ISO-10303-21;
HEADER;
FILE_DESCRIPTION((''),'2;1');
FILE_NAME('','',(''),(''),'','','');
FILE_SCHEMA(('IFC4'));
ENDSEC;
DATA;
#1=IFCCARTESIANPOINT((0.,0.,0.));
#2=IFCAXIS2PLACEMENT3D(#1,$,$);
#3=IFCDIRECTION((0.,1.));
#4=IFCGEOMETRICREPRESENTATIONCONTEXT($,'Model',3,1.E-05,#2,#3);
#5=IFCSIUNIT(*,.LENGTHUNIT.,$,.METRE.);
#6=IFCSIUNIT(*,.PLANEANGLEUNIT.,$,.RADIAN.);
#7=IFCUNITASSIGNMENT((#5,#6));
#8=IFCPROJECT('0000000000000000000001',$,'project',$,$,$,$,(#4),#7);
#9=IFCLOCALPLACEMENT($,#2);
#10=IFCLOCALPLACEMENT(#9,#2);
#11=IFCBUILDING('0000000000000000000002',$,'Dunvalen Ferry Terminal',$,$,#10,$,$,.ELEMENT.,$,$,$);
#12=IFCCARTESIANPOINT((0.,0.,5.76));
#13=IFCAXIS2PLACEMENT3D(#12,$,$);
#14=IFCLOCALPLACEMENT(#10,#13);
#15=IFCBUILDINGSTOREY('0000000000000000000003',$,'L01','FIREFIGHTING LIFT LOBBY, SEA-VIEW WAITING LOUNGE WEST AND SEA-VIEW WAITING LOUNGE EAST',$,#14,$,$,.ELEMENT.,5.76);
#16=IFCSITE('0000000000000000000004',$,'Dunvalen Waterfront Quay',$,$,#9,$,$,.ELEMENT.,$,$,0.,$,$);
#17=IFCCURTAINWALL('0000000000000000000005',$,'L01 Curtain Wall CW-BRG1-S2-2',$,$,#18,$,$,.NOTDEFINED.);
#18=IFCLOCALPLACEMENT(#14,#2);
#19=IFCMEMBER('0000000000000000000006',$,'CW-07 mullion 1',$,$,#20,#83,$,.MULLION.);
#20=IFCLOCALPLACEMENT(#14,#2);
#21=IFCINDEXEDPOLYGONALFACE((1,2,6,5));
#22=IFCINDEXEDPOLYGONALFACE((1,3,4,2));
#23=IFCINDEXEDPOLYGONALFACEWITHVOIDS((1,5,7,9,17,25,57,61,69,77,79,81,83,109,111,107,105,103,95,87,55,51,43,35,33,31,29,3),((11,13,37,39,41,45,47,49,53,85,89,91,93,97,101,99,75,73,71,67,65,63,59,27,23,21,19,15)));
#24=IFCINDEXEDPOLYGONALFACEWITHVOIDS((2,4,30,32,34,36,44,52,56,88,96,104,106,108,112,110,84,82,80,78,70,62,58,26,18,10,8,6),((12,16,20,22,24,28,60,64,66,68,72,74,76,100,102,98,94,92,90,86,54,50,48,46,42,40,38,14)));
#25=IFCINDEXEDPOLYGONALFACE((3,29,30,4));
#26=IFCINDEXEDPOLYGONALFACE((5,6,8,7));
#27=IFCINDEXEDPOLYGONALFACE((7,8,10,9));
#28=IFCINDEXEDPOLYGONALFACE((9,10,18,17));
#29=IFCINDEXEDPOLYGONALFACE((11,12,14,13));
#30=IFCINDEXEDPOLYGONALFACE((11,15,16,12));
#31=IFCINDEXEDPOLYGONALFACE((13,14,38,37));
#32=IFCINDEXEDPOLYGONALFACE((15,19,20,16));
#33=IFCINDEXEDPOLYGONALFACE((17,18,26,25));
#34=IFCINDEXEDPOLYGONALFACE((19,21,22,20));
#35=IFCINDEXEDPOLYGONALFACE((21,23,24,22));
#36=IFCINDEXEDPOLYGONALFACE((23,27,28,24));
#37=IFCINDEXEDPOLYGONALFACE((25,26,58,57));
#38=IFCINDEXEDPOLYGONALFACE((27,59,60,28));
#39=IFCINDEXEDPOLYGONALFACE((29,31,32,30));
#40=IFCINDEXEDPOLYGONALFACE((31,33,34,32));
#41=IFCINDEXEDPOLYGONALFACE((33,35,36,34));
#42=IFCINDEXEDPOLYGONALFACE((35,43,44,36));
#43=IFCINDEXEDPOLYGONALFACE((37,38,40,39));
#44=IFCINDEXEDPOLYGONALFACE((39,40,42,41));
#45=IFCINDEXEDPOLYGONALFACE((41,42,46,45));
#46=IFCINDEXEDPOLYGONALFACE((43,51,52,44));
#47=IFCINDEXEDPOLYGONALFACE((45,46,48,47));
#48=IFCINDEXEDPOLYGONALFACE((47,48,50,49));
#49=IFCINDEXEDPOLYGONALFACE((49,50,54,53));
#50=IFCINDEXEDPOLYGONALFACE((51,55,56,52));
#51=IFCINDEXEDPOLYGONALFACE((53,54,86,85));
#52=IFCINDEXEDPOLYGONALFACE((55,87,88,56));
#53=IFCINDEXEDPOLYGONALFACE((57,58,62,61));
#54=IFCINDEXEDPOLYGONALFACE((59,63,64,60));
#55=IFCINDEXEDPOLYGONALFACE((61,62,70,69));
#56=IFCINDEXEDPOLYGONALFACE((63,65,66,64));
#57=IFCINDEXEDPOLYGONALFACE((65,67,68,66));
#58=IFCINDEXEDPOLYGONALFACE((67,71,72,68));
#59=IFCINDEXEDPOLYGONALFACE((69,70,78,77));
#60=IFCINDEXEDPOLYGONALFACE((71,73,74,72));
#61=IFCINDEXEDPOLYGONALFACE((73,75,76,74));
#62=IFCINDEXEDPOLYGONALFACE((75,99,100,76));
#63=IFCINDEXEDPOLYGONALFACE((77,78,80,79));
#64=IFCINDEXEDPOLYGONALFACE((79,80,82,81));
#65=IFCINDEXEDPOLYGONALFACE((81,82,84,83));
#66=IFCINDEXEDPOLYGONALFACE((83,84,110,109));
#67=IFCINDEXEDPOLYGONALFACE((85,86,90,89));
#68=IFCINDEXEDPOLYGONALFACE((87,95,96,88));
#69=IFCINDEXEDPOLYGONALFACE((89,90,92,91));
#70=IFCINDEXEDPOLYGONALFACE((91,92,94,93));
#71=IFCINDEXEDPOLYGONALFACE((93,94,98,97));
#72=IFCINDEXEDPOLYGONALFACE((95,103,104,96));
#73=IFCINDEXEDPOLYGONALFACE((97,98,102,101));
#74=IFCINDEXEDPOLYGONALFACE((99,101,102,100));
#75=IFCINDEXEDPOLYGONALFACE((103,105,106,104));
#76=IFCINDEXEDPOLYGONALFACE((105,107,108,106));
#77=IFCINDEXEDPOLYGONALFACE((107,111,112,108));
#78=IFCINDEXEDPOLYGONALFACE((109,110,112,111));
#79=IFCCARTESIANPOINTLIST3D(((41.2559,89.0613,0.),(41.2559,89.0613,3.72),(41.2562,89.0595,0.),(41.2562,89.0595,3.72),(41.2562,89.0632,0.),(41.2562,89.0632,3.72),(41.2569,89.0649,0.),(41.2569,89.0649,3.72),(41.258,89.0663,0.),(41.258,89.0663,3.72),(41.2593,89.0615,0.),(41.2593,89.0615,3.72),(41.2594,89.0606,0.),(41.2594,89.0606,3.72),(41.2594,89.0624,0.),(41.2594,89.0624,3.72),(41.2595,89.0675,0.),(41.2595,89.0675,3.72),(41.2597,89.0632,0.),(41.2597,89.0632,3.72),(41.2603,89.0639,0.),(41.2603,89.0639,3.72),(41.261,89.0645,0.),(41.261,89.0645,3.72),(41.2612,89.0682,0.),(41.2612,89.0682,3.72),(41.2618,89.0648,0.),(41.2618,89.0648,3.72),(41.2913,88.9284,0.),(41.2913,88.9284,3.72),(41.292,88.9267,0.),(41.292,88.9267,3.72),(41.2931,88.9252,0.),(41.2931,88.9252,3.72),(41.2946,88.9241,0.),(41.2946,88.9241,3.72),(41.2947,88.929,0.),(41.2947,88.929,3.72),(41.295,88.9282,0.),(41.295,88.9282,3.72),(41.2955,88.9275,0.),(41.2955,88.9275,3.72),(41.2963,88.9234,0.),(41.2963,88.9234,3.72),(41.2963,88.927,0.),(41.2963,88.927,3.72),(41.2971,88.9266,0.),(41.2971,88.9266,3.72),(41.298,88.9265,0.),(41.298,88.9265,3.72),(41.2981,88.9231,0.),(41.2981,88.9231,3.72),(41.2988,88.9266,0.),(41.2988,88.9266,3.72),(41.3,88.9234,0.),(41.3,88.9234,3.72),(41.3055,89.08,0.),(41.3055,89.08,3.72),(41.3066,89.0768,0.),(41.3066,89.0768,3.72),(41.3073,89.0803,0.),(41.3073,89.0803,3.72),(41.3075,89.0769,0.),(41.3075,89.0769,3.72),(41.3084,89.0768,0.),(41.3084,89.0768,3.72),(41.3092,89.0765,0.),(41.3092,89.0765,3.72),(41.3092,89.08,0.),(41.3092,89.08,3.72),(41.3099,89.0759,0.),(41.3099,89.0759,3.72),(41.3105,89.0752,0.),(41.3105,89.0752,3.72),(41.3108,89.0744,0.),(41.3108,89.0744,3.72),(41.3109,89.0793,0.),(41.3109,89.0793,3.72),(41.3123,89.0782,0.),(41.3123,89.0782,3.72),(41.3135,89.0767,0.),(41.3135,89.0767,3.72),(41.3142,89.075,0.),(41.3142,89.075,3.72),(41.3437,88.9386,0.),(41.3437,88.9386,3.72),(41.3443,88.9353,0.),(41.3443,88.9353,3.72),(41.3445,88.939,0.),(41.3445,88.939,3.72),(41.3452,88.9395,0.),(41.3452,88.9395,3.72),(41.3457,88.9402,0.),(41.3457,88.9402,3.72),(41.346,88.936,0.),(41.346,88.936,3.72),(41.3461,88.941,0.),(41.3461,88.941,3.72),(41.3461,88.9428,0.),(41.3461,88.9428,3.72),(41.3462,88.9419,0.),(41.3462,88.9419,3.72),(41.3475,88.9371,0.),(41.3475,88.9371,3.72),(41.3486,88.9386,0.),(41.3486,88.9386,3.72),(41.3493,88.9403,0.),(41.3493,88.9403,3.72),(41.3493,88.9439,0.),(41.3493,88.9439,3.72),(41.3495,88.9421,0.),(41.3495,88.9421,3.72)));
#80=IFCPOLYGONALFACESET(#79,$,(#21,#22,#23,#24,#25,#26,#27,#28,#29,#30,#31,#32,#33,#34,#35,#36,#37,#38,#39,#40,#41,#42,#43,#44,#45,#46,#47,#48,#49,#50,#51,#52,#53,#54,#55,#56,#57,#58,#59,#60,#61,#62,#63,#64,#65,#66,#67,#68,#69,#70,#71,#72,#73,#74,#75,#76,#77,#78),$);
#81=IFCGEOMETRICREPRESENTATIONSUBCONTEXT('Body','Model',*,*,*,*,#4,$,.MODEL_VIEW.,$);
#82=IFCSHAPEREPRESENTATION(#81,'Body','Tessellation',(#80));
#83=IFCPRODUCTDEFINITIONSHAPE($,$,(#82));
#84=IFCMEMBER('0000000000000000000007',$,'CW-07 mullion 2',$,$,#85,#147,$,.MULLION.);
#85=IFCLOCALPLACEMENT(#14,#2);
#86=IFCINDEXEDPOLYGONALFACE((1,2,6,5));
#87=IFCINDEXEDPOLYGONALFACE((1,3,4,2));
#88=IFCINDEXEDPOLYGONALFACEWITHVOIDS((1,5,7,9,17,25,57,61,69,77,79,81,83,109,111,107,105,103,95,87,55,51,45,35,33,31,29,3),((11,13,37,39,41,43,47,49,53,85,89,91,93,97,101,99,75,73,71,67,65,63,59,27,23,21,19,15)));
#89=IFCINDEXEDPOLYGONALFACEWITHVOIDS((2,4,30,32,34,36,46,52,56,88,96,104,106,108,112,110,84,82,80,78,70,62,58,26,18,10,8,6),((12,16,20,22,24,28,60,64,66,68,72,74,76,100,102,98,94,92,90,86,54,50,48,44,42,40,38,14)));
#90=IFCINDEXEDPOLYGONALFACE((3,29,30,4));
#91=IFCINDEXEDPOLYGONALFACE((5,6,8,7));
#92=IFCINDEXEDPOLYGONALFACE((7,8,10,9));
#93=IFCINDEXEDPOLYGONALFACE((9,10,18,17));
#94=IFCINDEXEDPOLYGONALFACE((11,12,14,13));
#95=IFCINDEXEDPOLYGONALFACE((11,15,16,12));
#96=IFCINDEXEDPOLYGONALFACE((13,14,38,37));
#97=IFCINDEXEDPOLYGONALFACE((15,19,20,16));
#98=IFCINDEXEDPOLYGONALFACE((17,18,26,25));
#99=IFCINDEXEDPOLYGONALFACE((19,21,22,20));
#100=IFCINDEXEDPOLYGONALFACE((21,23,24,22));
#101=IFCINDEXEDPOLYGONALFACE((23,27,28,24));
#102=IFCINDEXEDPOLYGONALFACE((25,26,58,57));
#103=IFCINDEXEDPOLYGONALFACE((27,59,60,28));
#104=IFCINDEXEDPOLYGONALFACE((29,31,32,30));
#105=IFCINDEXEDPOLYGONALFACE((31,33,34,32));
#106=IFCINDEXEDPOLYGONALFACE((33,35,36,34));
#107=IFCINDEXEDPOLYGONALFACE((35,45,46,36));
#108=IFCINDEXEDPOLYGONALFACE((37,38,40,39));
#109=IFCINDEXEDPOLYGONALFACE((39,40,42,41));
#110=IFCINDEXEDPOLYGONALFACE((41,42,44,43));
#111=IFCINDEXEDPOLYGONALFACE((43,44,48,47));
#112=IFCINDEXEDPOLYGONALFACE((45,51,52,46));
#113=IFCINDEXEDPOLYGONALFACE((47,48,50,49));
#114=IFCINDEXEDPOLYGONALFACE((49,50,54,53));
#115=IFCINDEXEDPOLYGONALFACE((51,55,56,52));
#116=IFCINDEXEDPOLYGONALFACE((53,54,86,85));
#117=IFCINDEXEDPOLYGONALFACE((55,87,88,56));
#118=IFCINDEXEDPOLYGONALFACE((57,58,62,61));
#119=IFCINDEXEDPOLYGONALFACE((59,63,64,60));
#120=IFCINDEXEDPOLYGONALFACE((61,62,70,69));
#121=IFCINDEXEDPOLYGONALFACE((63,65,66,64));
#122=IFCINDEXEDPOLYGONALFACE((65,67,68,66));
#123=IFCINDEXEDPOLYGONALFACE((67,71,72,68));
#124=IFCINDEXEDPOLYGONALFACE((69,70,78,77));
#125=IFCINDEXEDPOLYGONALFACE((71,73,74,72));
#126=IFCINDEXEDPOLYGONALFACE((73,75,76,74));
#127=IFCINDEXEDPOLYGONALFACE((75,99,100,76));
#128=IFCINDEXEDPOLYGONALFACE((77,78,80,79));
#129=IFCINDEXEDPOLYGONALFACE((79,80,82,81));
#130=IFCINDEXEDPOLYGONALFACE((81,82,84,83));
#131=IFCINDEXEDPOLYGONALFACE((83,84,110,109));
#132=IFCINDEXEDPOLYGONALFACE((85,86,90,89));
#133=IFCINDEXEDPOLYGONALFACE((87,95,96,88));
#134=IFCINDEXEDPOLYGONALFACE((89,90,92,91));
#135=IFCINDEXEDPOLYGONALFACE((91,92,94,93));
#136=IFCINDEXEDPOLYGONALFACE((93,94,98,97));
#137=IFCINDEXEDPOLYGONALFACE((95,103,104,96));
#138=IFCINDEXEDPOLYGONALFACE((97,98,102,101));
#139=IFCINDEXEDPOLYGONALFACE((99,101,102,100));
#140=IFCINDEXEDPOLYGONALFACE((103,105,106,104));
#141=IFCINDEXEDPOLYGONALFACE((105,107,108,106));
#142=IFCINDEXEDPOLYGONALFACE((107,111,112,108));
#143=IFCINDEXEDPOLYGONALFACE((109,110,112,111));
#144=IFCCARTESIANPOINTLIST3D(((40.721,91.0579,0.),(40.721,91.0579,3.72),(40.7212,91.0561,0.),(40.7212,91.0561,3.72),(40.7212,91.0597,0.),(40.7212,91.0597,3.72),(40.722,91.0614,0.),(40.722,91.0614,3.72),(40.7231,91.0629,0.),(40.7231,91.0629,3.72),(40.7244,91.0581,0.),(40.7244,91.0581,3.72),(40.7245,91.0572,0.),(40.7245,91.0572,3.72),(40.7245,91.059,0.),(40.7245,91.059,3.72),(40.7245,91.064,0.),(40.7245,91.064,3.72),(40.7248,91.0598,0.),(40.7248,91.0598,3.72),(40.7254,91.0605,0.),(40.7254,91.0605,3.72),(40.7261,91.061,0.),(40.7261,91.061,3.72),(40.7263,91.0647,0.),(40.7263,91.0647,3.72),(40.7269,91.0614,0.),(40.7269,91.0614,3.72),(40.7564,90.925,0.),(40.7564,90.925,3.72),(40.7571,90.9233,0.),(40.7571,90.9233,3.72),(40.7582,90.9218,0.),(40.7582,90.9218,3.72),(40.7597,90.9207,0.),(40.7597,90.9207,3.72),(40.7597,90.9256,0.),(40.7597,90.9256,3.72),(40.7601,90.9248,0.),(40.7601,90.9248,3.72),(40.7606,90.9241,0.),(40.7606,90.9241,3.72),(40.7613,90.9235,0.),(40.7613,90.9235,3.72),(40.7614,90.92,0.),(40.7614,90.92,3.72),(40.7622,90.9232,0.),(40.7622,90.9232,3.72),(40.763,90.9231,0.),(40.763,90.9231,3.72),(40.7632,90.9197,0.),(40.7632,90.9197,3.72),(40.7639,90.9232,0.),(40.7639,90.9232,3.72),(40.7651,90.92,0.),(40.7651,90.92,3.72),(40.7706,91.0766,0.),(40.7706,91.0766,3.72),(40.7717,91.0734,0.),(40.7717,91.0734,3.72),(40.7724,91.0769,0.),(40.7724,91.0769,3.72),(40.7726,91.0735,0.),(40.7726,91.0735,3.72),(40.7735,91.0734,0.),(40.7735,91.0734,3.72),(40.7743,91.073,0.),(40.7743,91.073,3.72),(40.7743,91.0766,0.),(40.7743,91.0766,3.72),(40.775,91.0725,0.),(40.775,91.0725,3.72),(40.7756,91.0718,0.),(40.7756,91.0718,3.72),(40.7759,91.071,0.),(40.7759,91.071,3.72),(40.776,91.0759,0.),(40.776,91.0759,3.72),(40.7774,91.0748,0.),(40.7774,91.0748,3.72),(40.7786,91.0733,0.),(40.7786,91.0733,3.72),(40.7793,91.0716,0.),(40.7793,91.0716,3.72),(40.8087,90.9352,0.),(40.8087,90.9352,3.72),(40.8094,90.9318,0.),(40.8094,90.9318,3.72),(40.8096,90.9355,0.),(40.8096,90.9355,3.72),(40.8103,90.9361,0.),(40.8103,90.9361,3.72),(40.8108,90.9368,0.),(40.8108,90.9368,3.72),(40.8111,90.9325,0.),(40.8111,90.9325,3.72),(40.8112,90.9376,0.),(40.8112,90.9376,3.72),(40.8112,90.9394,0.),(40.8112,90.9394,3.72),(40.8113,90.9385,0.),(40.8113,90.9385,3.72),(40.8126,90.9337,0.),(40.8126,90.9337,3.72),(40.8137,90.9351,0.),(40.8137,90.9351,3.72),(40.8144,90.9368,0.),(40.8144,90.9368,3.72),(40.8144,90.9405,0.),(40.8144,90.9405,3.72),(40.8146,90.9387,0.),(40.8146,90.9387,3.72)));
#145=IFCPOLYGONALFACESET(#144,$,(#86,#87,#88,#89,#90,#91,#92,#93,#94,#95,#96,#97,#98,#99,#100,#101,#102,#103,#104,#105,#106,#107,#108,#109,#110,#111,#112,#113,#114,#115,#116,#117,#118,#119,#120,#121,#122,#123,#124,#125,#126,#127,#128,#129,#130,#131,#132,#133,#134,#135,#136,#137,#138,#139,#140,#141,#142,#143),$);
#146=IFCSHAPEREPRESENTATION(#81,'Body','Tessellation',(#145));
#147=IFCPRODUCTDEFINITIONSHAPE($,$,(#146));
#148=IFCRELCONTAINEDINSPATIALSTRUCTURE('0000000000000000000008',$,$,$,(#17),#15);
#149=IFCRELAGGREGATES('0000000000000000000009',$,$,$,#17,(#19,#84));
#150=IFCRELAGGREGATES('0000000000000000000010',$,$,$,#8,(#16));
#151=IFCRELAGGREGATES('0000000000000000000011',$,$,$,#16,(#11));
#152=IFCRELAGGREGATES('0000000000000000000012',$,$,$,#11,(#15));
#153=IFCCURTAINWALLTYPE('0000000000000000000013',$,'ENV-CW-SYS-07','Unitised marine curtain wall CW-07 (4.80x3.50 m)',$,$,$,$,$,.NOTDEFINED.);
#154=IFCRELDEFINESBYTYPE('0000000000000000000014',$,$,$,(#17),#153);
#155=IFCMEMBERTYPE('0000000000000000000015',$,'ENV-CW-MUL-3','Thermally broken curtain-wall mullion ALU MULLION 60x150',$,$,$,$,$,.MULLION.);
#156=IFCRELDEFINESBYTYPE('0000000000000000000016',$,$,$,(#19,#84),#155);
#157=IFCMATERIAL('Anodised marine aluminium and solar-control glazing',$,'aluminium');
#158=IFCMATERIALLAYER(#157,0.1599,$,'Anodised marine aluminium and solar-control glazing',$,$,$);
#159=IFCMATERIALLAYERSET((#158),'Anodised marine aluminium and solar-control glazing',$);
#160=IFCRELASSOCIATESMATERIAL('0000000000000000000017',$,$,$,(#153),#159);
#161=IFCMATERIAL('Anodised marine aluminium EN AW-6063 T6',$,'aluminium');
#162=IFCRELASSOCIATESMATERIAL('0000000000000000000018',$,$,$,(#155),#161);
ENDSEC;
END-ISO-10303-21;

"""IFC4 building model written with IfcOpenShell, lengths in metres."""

from ifc_helpers import new_model, si_unit, direction, frame, origin, origin_2d, place, context, subcontext, project, spatial, hollow_rectangle, extrude, material, layer, layer_set, material_profile, profile_set, type_object, element, aggregate, save


model = new_model("IFC4")

# Units and contexts
model_context = context("Model", 3, precision=1e-05, world=origin(), true_north=direction((0.0, 1.0)))
body_context = subcontext(model_context, "Body", "Model", "MODEL_VIEW")
ifc_project = project(units=[si_unit("LENGTHUNIT", "METRE"), si_unit("PLANEANGLEUNIT", "RADIAN")], contexts=[model_context])

# Site, building, storey
site_placement = place(None, origin())
site = spatial("IfcSite", under=ifc_project, at=site_placement, Name="Dunvalen Waterfront Quay", CompositionType="ELEMENT", RefElevation=0.0)
building_placement = place(site_placement, origin())
building = spatial("IfcBuilding", under=site, at=building_placement, Name="Dunvalen Ferry Terminal", CompositionType="ELEMENT")
storey_placement = place(building_placement, frame((0.0, 0.0, 5.76)))
storey = spatial("IfcBuildingStorey", under=building, at=storey_placement, Name="L01", Description="FIREFIGHTING LIFT LOBBY, SEA-VIEW WAITING LOUNGE WEST AND SEA-VIEW WAITING LOUNGE EAST", CompositionType="ELEMENT", Elevation=5.76)

# Curtain wall, members
ifc_material_1 = material(Name="Anodised marine aluminium and solar-control glazing", Category="aluminium")
ifc_layer_1 = layer(ifc_material_1, 0.1599, Name="Anodised marine aluminium and solar-control glazing")
ifc_layer_set_1 = layer_set([ifc_layer_1], Name="Anodised marine aluminium and solar-control glazing")
curtain_wall_type = type_object("IfcCurtainWallType", Name="ENV-CW-SYS-07", Description="Unitised marine curtain wall CW-07 (4.80x3.50 m)", PredefinedType="NOTDEFINED", material=ifc_layer_set_1)
ifc_material_2 = material(Name="Anodised marine aluminium EN AW-6063 T6", Category="aluminium")
ifc_material_profile_1 = material_profile(ifc_material_2, hollow_rectangle(XDim=0.0601, YDim=0.1499, WallThickness=0.0034, InnerFilletRadius=0.0034, OuterFilletRadius=0.0071, at=origin_2d()), Name="Anodised marine aluminium EN AW-6063 T6")
ifc_profile_set_1 = profile_set([ifc_material_profile_1], Name="Anodised marine aluminium EN AW-6063 T6")
member_type_1 = type_object("IfcMemberType", Name="ENV-CW-MUL-3", Description="Thermally broken curtain-wall mullion ALU MULLION 60x150", PredefinedType="MULLION", material=ifc_profile_set_1)
curtain_wall_1_placement = place(storey_placement, origin())
curtain_wall_1 = element("IfcCurtainWall", 1, at=curtain_wall_1_placement, inside=storey, type_object=curtain_wall_type, Name="L01 Curtain Wall CW-BRG1-S2-2", PredefinedType="NOTDEFINED")
member_1_placement = place(storey_placement, frame((41.3027, 89.0017, 0.0), z_axis=(0.0, 0.0, 1.0), x_axis=(-0.965923, -0.25883, 0.0)))
member_1 = element("IfcMember", 2, at=member_1_placement, type_object=member_type_1, Name="CW-07 mullion 1", PredefinedType="MULLION", context=body_context, shape_type="SweptSolid", body=[
    extrude(hollow_rectangle(XDim=0.0601, YDim=0.1499, WallThickness=0.0034, InnerFilletRadius=0.0034, OuterFilletRadius=0.0071, at=origin_2d()), origin(), (0.0, 0.0, 1.0), 3.72),
])
member_2_placement = place(storey_placement, frame((40.7678, 90.9983, 0.0), z_axis=(0.0, 0.0, 1.0), x_axis=(-0.965923, -0.25883, 0.0)))
member_2 = element("IfcMember", 3, at=member_2_placement, type_object=member_type_1, Name="CW-07 mullion 2", PredefinedType="MULLION", context=body_context, shape_type="SweptSolid", body=[
    extrude(hollow_rectangle(XDim=0.0601, YDim=0.1499, WallThickness=0.0034, InnerFilletRadius=0.0034, OuterFilletRadius=0.0071, at=origin_2d()), origin(), (0.0, 0.0, 1.0), 3.72),
])

aggregate(curtain_wall_1, [member_1, member_2])

save(model, "model.ifc")
